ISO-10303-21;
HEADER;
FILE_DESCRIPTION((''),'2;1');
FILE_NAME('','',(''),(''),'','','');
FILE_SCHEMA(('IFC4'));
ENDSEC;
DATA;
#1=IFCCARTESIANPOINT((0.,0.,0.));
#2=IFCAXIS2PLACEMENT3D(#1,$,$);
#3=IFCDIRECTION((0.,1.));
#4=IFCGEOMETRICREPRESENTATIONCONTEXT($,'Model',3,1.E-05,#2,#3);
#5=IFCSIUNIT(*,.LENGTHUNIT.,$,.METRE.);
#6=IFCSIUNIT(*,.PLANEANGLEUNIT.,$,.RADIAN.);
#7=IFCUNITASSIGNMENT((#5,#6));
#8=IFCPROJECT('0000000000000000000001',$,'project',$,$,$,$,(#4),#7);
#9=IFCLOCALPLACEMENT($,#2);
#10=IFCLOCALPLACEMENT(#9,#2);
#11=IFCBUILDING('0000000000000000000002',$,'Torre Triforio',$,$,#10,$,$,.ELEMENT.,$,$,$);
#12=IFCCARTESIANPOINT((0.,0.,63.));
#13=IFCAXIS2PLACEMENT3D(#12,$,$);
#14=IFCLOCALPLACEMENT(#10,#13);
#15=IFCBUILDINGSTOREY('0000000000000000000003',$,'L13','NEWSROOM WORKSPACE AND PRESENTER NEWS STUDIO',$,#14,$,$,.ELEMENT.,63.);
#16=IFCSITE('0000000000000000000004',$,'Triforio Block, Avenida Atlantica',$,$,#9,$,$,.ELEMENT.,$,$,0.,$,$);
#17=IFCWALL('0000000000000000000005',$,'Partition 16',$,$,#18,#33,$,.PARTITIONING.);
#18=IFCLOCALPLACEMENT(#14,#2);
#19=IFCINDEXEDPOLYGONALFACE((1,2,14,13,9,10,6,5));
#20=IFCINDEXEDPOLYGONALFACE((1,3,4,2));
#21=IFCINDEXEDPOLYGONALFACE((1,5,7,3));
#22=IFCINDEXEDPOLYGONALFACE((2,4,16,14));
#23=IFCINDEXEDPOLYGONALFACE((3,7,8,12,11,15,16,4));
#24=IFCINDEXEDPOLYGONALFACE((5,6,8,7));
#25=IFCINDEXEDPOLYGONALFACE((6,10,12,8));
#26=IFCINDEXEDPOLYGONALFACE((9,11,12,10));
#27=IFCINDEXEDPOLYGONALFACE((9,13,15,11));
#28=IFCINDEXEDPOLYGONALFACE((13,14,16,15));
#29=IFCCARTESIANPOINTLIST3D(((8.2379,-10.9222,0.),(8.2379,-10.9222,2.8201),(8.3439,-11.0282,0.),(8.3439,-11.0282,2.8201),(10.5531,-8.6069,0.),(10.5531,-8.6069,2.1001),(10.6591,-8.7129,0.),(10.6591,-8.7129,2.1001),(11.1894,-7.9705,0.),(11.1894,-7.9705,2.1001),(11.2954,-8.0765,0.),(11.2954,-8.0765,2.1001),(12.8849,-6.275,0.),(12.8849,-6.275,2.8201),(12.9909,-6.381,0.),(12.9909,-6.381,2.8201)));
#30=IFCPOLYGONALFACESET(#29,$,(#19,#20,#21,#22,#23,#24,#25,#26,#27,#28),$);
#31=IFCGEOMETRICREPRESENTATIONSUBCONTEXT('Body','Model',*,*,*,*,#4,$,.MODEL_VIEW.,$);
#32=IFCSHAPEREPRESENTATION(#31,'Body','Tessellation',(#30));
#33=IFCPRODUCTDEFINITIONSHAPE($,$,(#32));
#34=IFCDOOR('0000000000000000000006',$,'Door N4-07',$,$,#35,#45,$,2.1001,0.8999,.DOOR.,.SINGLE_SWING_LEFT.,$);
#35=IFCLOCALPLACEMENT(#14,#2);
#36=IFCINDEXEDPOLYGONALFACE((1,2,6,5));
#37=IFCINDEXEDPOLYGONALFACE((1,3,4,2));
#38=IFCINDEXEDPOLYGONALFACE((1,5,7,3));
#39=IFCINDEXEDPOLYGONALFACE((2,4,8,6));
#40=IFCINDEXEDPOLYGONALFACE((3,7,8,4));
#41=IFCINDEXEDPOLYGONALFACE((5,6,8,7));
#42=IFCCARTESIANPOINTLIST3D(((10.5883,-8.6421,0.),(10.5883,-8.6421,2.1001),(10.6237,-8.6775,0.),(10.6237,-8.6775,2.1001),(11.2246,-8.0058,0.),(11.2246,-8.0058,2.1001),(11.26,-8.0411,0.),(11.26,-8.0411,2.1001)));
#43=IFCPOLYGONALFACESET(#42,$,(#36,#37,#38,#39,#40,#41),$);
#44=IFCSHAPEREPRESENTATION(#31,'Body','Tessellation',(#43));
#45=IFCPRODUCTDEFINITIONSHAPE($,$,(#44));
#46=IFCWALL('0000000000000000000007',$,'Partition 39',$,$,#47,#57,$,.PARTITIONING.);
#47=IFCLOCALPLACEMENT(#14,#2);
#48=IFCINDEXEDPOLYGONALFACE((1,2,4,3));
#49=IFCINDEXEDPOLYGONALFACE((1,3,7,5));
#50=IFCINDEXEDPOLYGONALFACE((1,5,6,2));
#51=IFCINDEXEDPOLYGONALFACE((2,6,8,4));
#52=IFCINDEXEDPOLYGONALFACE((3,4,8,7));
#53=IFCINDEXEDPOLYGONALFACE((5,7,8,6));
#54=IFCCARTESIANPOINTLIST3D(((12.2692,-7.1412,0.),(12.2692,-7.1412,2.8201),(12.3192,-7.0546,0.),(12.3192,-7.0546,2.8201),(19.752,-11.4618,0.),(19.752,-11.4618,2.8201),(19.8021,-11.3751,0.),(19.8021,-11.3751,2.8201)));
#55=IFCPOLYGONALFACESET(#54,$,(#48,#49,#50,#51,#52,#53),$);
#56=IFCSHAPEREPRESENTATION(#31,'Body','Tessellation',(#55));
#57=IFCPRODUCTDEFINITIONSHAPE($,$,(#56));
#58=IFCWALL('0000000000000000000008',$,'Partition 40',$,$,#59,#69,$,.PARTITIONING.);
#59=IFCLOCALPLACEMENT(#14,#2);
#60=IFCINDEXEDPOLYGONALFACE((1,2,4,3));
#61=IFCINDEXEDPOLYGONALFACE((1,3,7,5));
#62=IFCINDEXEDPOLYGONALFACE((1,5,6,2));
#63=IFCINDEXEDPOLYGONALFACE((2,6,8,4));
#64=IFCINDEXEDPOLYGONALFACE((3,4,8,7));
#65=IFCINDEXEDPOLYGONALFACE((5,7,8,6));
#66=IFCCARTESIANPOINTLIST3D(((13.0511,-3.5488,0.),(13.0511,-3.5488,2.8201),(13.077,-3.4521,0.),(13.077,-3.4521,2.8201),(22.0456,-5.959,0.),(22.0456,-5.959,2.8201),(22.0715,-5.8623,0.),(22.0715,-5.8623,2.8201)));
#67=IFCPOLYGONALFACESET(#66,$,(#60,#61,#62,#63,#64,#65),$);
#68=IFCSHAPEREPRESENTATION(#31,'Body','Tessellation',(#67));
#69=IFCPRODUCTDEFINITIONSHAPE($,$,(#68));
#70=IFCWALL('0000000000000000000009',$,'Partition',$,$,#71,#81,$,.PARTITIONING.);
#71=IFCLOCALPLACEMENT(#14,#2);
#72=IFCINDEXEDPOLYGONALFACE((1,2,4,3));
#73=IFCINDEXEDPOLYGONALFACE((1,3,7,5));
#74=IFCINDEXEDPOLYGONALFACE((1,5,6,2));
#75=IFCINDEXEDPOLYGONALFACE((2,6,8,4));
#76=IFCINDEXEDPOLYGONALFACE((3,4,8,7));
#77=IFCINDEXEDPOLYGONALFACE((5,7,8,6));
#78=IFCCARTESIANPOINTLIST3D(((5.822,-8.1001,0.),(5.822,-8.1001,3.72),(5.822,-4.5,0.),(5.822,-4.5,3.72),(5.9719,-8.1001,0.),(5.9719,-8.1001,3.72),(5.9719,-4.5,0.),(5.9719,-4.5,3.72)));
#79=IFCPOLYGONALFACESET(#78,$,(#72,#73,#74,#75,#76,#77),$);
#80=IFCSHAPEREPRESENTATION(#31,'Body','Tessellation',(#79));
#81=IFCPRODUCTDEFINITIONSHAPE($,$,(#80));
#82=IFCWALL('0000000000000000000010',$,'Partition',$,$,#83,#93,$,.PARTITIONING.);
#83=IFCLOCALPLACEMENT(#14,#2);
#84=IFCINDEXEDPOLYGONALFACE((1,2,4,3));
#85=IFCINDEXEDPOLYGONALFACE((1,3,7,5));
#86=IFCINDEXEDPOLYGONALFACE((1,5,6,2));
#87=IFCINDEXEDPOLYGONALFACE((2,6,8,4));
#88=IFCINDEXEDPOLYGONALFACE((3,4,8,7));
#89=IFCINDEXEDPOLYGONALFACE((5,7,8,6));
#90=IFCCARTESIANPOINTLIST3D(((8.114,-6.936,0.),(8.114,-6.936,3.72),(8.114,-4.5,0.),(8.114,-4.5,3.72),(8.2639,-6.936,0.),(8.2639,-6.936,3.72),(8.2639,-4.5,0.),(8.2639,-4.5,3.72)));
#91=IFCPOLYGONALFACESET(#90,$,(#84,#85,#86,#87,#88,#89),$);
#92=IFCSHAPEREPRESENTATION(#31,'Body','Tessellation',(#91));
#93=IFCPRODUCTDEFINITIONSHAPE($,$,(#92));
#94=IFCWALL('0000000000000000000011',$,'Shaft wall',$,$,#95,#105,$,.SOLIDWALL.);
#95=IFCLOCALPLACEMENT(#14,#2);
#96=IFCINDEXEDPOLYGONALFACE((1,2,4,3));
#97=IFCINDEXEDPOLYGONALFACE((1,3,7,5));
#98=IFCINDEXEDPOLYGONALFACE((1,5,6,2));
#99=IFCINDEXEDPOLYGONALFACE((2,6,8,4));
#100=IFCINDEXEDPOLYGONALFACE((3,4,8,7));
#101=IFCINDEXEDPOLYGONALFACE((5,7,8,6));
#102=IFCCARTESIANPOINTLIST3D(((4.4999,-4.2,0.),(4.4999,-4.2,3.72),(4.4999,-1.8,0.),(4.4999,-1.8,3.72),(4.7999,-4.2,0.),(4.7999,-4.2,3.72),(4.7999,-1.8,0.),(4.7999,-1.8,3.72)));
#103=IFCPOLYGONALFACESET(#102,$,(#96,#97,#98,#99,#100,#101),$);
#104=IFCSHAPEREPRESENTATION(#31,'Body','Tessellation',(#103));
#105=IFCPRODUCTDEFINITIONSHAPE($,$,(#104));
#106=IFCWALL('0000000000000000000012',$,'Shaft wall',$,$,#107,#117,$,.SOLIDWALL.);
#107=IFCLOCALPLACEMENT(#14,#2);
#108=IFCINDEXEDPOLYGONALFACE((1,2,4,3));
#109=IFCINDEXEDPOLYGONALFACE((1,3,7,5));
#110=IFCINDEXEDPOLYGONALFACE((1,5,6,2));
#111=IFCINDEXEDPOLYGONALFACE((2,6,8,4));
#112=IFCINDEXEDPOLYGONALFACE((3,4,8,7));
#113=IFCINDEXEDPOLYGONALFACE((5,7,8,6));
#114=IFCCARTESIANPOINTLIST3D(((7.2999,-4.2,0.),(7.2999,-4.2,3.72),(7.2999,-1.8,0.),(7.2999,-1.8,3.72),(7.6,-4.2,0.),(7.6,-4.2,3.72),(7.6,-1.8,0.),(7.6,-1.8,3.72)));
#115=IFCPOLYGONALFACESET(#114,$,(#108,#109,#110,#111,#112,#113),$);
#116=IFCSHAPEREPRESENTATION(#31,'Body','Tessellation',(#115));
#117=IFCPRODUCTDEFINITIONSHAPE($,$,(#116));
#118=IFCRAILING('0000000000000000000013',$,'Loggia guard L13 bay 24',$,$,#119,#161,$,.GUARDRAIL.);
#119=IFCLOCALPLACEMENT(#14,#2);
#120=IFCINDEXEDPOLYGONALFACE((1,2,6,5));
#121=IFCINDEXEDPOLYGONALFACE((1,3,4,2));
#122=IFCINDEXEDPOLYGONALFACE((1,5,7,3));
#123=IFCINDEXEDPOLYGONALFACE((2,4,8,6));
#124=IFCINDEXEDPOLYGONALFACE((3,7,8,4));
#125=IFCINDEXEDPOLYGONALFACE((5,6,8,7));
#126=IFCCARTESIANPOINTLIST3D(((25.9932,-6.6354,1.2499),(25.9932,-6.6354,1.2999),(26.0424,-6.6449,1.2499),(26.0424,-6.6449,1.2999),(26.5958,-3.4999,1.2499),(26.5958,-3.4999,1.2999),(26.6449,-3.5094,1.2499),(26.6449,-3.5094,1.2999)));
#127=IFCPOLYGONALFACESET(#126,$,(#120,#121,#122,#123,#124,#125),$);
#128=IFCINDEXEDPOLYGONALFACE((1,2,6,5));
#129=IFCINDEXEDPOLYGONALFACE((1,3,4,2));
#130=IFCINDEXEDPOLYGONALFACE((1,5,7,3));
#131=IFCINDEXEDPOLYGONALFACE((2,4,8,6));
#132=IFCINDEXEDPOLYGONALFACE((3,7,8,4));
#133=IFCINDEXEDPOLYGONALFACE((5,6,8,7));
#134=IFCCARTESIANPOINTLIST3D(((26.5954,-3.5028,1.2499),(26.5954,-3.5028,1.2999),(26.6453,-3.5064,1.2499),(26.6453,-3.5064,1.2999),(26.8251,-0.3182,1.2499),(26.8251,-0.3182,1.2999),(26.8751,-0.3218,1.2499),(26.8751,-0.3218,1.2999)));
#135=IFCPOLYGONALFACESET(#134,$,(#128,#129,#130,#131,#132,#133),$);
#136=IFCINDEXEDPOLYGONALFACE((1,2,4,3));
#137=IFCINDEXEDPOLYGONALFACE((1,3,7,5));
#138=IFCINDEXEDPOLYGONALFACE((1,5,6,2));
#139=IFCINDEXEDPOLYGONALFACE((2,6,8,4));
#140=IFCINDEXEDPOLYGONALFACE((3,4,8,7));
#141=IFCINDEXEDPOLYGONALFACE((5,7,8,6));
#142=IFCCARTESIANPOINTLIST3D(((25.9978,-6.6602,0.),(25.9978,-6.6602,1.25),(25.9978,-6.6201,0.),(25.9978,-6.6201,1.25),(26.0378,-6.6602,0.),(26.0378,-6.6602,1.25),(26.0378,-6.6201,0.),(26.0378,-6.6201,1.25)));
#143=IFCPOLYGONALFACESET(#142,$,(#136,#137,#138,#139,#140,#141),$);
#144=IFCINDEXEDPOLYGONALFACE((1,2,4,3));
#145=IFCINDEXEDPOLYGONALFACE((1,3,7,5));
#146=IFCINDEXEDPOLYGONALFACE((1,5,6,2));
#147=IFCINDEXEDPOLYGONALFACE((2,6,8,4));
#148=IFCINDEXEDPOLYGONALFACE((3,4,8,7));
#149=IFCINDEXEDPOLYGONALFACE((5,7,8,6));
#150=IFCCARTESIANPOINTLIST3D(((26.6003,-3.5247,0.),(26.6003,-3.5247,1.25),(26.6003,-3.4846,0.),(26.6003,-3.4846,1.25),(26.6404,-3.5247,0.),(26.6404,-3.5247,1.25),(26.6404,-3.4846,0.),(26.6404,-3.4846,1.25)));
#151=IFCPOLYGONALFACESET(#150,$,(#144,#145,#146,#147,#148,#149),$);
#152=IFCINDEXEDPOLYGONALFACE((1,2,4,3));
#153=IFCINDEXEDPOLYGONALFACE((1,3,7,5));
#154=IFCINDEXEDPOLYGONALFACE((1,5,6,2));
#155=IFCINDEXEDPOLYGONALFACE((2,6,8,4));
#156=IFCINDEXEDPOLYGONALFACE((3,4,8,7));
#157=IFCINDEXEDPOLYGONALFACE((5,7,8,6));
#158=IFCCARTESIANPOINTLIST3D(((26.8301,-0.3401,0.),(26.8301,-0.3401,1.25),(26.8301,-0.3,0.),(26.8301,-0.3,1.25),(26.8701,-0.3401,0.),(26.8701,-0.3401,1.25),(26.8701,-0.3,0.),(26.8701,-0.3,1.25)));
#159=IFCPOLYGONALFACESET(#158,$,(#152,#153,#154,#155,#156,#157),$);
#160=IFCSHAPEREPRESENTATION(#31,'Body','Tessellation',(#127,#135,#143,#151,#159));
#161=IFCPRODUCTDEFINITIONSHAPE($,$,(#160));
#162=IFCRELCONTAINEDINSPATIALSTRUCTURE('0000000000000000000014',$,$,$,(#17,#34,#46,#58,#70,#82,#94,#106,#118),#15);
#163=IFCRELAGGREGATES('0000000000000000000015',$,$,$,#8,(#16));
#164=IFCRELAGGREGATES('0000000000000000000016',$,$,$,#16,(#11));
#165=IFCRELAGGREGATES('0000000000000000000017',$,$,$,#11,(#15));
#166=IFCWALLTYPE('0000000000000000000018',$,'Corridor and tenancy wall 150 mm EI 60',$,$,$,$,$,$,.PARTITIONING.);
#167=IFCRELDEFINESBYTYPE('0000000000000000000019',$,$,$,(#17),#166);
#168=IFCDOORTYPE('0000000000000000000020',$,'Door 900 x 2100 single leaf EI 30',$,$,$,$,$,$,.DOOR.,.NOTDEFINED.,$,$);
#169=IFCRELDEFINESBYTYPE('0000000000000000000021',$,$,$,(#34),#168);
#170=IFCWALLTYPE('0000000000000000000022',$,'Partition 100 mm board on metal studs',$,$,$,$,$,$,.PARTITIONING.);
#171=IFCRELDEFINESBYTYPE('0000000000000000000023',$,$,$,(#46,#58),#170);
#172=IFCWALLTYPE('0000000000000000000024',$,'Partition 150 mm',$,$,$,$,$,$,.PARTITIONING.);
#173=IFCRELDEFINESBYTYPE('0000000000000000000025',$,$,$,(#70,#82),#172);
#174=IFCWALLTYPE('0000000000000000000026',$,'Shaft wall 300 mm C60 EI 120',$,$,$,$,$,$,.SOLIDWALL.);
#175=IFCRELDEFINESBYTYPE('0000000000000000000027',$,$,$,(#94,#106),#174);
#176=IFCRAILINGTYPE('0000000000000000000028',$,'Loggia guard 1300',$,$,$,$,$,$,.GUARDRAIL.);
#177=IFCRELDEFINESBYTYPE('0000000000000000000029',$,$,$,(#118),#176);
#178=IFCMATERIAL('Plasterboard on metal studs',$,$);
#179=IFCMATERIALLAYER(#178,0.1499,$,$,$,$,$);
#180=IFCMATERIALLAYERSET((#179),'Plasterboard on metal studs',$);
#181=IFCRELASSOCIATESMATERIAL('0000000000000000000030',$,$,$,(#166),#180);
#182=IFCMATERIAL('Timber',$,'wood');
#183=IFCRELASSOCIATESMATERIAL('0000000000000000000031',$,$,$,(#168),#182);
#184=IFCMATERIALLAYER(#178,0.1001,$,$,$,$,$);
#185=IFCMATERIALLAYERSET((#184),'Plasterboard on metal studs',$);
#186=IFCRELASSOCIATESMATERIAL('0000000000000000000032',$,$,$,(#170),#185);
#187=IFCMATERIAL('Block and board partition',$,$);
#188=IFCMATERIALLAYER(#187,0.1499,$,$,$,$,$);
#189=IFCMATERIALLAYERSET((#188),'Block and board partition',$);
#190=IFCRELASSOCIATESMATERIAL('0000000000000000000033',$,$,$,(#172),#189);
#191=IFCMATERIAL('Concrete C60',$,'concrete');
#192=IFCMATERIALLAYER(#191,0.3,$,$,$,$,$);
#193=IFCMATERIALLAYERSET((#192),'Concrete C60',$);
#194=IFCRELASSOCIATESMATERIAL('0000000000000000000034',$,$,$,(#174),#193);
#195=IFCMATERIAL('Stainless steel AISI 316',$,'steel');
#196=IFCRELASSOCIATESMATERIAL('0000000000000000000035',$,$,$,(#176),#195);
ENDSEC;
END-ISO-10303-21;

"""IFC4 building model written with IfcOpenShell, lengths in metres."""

from ifc_helpers import new_model, si_unit, direction, frame, frame_2d, origin, origin_2d, place, context, subcontext, project, spatial, rectangle, extrude, material, layer, layer_set, type_object, element, fill, save


model = new_model("IFC4")

# Units and contexts
model_context = context("Model", 3, precision=1e-05, world=origin(), true_north=direction((0.0, 1.0)))
body_context = subcontext(model_context, "Body", "Model", "MODEL_VIEW")
ifc_project = project(units=[si_unit("LENGTHUNIT", "METRE"), si_unit("PLANEANGLEUNIT", "RADIAN")], contexts=[model_context])

# Site, building, storey
site_placement = place(None, origin())
site = spatial("IfcSite", under=ifc_project, at=site_placement, Name="Triforio Block, Avenida Atlantica", CompositionType="ELEMENT", RefElevation=0.0)
building_placement = place(site_placement, origin())
building = spatial("IfcBuilding", under=site, at=building_placement, Name="Torre Triforio", CompositionType="ELEMENT")
storey_placement = place(building_placement, frame((0.0, 0.0, 63.0)))
storey = spatial("IfcBuildingStorey", under=building, at=storey_placement, Name="L13", Description="NEWSROOM WORKSPACE AND PRESENTER NEWS STUDIO", CompositionType="ELEMENT", Elevation=63.0)

# Shared definitions
ifc_material_1 = material(Name="Concrete C60", Category="concrete")

# Wall, opening, door
ifc_material_2 = material(Name="Plasterboard on metal studs")
ifc_layer_1 = layer(ifc_material_2, 0.1499)
ifc_layer_set_1 = layer_set([ifc_layer_1], Name="Plasterboard on metal studs")
wall_type_1 = type_object("IfcWallType", Name="Corridor and tenancy wall 150 mm EI 60", PredefinedType="PARTITIONING", material=ifc_layer_set_1)
wall_1_placement = place(storey_placement, frame((12.938, -6.3279, 0.0), z_axis=(0.0, 0.0, 1.0), x_axis=(-0.707088, -0.707125, 0.0)))
wall_1 = element("IfcWall", 1, at=wall_1_placement, inside=storey, type_object=wall_type_1, Name="Partition 16", PredefinedType="PARTITIONING", context=body_context, shape_type="SweptSolid", body=[
    extrude(rectangle(XDim=6.572, YDim=0.1499, at=frame_2d((3.2861, 0.0))), origin(), (0.0, 0.0, 1.0), 2.8201),
])
opening_1_placement = place(wall_1_placement, frame((2.3979, 0.0, 0.0)))
opening_1 = element("IfcOpeningElement", 2, at=opening_1_placement, cuts=wall_1, PredefinedType="OPENING", context=body_context, shape_type="SweptSolid", body=[
    extrude(rectangle(XDim=0.8999, YDim=2.1001, at=frame_2d((0.45, 1.05))), frame((0.0, 0.085, 0.0), z_axis=(0.0, -1.0, 0.0), x_axis=(1.0, 0.0, 0.0)), (0.0, 0.0, 1.0), 0.1699),
])
ifc_material_3 = material(Name="Timber", Category="wood")
door_type_1 = type_object("IfcDoorType", Name="Door 900 x 2100 single leaf EI 30", OperationType="NOTDEFINED", PredefinedType="DOOR", material=ifc_material_3)
door_1_placement = place(opening_1_placement, origin())
door_1 = element("IfcDoor", 3, at=door_1_placement, inside=storey, type_object=door_type_1, Name="Door N4-07", OperationType="SINGLE_SWING_LEFT", OverallHeight=2.1001, OverallWidth=0.8999, PredefinedType="DOOR", context=body_context, shape_type="SweptSolid", body=[
    extrude(rectangle(XDim=0.8999, YDim=2.1001, at=frame_2d((0.45, 1.05))), frame((0.0, 0.0249, 0.0), z_axis=(0.0, -1.0, 0.0), x_axis=(1.0, 0.0, 0.0)), (0.0, 0.0, 1.0), 0.05),
])
fill(opening_1, door_1)

# Walls
ifc_layer_2 = layer(ifc_material_2, 0.1001)
ifc_layer_set_2 = layer_set([ifc_layer_2], Name="Plasterboard on metal studs")
wall_type_2 = type_object("IfcWallType", Name="Partition 100 mm board on metal studs", PredefinedType="PARTITIONING", material=ifc_layer_set_2)
wall_2_placement = place(storey_placement, frame((12.2942, -7.0979, 0.0), z_axis=(0.0, 0.0, 1.0), x_axis=(0.866011, -0.500026, 0.0)))
element("IfcWall", 4, at=wall_2_placement, inside=storey, type_object=wall_type_2, Name="Partition 39", PredefinedType="PARTITIONING", context=body_context, shape_type="SweptSolid", body=[
    extrude(rectangle(XDim=8.6406, YDim=0.1001, at=frame_2d((4.3203, 0.0))), origin(), (0.0, 0.0, 1.0), 2.8201),
])
wall_3_placement = place(storey_placement, frame((13.0642, -3.5005, 0.0), z_axis=(0.0, 0.0, 1.0), x_axis=(0.965923, -0.258831, 0.0)))
element("IfcWall", 5, at=wall_3_placement, inside=storey, type_object=wall_type_2, Name="Partition 40", PredefinedType="PARTITIONING", context=body_context, shape_type="SweptSolid", body=[
    extrude(rectangle(XDim=9.3118, YDim=0.1001, at=frame_2d((4.6558, 0.0))), origin(), (0.0, 0.0, 1.0), 2.8201),
])
ifc_material_4 = material(Name="Block and board partition")
ifc_layer_3 = layer(ifc_material_4, 0.1499)
ifc_layer_set_3 = layer_set([ifc_layer_3], Name="Block and board partition")
wall_type_3 = type_object("IfcWallType", Name="Partition 150 mm", PredefinedType="PARTITIONING", material=ifc_layer_set_3)
wall_4_placement = place(storey_placement, frame((5.897, -8.1001, 0.0), z_axis=(0.0, 0.0, 1.0), x_axis=(0.0, 1.0, 0.0)))
element("IfcWall", 6, at=wall_4_placement, inside=storey, type_object=wall_type_3, Name="Partition", PredefinedType="PARTITIONING", context=body_context, shape_type="SweptSolid", body=[
    extrude(rectangle(XDim=3.6001, YDim=0.1499, at=frame_2d((1.8, 0.0))), origin(), (0.0, 0.0, 1.0), 3.72),
])
wall_5_placement = place(storey_placement, frame((8.189, -6.936, 0.0), z_axis=(0.0, 0.0, 1.0), x_axis=(0.0, 1.0, 0.0)))
element("IfcWall", 7, at=wall_5_placement, inside=storey, type_object=wall_type_3, Name="Partition", PredefinedType="PARTITIONING", context=body_context, shape_type="SweptSolid", body=[
    extrude(rectangle(XDim=2.436, YDim=0.1499, at=frame_2d((1.218, 0.0))), origin(), (0.0, 0.0, 1.0), 3.72),
])
ifc_layer_4 = layer(ifc_material_1, 0.3)
ifc_layer_set_4 = layer_set([ifc_layer_4], Name="Concrete C60")
wall_type_4 = type_object("IfcWallType", Name="Shaft wall 300 mm C60 EI 120", PredefinedType="SOLIDWALL", material=ifc_layer_set_4)
for number, where, z_axis, x_axis, name in (
    (8, (4.6499, -4.2, 0.0), (0.0, 0.0, 1.0), (0.0, 1.0, 0.0), "Shaft wall"),
    (9, (7.45, -4.2, 0.0), (0.0, 0.0, 1.0), (0.0, 1.0, 0.0), "Shaft wall"),
):
    element("IfcWall", number, at=place(storey_placement, frame(where, z_axis=z_axis, x_axis=x_axis)), inside=storey, type_object=wall_type_4, Name=name, PredefinedType="SOLIDWALL", context=body_context, shape_type="SweptSolid", body=[
        extrude(rectangle(XDim=2.3999, YDim=0.3, at=frame_2d((1.2, 0.0))), origin(), (0.0, 0.0, 1.0), 3.72),
    ])

# Railing
ifc_material_5 = material(Name="Stainless steel AISI 316", Category="steel")
railing_type = type_object("IfcRailingType", Name="Loggia guard 1300", PredefinedType="GUARDRAIL", material=ifc_material_5)
railing_placement = place(storey_placement, frame((26.0178, -6.6401, 0.0)))
element("IfcRailing", 10, at=railing_placement, inside=storey, type_object=railing_type, Name="Loggia guard L13 bay 24", PredefinedType="GUARDRAIL", context=body_context, shape_type="SweptSolid", body=[
    extrude(rectangle(XDim=0.05, YDim=0.05, at=origin_2d()), frame((0.0, 0.0, 1.2749), z_axis=(0.188714, 0.982032, 0.0), x_axis=(-0.982032, 0.188714, 0.0)), (0.0, 0.0, 1.0), 3.1929),
    extrude(rectangle(XDim=0.05, YDim=0.05, at=origin_2d()), frame((0.6025, 3.1355, 1.2749), z_axis=(0.071953, 0.997408, 0.0), x_axis=(-0.997408, 0.071953, 0.0)), (0.0, 0.0, 1.0), 3.1929),
    extrude(rectangle(XDim=0.04, YDim=0.04, at=origin_2d()), origin(), (0.0, 0.0, 1.0), 1.25),
    extrude(rectangle(XDim=0.04, YDim=0.04, at=origin_2d()), frame((0.6025, 3.1355, 0.0)), (0.0, 0.0, 1.0), 1.25),
    extrude(rectangle(XDim=0.04, YDim=0.04, at=origin_2d()), frame((0.8323, 6.3201, 0.0)), (0.0, 0.0, 1.0), 1.25),
])

save(model, "model.ifc")
